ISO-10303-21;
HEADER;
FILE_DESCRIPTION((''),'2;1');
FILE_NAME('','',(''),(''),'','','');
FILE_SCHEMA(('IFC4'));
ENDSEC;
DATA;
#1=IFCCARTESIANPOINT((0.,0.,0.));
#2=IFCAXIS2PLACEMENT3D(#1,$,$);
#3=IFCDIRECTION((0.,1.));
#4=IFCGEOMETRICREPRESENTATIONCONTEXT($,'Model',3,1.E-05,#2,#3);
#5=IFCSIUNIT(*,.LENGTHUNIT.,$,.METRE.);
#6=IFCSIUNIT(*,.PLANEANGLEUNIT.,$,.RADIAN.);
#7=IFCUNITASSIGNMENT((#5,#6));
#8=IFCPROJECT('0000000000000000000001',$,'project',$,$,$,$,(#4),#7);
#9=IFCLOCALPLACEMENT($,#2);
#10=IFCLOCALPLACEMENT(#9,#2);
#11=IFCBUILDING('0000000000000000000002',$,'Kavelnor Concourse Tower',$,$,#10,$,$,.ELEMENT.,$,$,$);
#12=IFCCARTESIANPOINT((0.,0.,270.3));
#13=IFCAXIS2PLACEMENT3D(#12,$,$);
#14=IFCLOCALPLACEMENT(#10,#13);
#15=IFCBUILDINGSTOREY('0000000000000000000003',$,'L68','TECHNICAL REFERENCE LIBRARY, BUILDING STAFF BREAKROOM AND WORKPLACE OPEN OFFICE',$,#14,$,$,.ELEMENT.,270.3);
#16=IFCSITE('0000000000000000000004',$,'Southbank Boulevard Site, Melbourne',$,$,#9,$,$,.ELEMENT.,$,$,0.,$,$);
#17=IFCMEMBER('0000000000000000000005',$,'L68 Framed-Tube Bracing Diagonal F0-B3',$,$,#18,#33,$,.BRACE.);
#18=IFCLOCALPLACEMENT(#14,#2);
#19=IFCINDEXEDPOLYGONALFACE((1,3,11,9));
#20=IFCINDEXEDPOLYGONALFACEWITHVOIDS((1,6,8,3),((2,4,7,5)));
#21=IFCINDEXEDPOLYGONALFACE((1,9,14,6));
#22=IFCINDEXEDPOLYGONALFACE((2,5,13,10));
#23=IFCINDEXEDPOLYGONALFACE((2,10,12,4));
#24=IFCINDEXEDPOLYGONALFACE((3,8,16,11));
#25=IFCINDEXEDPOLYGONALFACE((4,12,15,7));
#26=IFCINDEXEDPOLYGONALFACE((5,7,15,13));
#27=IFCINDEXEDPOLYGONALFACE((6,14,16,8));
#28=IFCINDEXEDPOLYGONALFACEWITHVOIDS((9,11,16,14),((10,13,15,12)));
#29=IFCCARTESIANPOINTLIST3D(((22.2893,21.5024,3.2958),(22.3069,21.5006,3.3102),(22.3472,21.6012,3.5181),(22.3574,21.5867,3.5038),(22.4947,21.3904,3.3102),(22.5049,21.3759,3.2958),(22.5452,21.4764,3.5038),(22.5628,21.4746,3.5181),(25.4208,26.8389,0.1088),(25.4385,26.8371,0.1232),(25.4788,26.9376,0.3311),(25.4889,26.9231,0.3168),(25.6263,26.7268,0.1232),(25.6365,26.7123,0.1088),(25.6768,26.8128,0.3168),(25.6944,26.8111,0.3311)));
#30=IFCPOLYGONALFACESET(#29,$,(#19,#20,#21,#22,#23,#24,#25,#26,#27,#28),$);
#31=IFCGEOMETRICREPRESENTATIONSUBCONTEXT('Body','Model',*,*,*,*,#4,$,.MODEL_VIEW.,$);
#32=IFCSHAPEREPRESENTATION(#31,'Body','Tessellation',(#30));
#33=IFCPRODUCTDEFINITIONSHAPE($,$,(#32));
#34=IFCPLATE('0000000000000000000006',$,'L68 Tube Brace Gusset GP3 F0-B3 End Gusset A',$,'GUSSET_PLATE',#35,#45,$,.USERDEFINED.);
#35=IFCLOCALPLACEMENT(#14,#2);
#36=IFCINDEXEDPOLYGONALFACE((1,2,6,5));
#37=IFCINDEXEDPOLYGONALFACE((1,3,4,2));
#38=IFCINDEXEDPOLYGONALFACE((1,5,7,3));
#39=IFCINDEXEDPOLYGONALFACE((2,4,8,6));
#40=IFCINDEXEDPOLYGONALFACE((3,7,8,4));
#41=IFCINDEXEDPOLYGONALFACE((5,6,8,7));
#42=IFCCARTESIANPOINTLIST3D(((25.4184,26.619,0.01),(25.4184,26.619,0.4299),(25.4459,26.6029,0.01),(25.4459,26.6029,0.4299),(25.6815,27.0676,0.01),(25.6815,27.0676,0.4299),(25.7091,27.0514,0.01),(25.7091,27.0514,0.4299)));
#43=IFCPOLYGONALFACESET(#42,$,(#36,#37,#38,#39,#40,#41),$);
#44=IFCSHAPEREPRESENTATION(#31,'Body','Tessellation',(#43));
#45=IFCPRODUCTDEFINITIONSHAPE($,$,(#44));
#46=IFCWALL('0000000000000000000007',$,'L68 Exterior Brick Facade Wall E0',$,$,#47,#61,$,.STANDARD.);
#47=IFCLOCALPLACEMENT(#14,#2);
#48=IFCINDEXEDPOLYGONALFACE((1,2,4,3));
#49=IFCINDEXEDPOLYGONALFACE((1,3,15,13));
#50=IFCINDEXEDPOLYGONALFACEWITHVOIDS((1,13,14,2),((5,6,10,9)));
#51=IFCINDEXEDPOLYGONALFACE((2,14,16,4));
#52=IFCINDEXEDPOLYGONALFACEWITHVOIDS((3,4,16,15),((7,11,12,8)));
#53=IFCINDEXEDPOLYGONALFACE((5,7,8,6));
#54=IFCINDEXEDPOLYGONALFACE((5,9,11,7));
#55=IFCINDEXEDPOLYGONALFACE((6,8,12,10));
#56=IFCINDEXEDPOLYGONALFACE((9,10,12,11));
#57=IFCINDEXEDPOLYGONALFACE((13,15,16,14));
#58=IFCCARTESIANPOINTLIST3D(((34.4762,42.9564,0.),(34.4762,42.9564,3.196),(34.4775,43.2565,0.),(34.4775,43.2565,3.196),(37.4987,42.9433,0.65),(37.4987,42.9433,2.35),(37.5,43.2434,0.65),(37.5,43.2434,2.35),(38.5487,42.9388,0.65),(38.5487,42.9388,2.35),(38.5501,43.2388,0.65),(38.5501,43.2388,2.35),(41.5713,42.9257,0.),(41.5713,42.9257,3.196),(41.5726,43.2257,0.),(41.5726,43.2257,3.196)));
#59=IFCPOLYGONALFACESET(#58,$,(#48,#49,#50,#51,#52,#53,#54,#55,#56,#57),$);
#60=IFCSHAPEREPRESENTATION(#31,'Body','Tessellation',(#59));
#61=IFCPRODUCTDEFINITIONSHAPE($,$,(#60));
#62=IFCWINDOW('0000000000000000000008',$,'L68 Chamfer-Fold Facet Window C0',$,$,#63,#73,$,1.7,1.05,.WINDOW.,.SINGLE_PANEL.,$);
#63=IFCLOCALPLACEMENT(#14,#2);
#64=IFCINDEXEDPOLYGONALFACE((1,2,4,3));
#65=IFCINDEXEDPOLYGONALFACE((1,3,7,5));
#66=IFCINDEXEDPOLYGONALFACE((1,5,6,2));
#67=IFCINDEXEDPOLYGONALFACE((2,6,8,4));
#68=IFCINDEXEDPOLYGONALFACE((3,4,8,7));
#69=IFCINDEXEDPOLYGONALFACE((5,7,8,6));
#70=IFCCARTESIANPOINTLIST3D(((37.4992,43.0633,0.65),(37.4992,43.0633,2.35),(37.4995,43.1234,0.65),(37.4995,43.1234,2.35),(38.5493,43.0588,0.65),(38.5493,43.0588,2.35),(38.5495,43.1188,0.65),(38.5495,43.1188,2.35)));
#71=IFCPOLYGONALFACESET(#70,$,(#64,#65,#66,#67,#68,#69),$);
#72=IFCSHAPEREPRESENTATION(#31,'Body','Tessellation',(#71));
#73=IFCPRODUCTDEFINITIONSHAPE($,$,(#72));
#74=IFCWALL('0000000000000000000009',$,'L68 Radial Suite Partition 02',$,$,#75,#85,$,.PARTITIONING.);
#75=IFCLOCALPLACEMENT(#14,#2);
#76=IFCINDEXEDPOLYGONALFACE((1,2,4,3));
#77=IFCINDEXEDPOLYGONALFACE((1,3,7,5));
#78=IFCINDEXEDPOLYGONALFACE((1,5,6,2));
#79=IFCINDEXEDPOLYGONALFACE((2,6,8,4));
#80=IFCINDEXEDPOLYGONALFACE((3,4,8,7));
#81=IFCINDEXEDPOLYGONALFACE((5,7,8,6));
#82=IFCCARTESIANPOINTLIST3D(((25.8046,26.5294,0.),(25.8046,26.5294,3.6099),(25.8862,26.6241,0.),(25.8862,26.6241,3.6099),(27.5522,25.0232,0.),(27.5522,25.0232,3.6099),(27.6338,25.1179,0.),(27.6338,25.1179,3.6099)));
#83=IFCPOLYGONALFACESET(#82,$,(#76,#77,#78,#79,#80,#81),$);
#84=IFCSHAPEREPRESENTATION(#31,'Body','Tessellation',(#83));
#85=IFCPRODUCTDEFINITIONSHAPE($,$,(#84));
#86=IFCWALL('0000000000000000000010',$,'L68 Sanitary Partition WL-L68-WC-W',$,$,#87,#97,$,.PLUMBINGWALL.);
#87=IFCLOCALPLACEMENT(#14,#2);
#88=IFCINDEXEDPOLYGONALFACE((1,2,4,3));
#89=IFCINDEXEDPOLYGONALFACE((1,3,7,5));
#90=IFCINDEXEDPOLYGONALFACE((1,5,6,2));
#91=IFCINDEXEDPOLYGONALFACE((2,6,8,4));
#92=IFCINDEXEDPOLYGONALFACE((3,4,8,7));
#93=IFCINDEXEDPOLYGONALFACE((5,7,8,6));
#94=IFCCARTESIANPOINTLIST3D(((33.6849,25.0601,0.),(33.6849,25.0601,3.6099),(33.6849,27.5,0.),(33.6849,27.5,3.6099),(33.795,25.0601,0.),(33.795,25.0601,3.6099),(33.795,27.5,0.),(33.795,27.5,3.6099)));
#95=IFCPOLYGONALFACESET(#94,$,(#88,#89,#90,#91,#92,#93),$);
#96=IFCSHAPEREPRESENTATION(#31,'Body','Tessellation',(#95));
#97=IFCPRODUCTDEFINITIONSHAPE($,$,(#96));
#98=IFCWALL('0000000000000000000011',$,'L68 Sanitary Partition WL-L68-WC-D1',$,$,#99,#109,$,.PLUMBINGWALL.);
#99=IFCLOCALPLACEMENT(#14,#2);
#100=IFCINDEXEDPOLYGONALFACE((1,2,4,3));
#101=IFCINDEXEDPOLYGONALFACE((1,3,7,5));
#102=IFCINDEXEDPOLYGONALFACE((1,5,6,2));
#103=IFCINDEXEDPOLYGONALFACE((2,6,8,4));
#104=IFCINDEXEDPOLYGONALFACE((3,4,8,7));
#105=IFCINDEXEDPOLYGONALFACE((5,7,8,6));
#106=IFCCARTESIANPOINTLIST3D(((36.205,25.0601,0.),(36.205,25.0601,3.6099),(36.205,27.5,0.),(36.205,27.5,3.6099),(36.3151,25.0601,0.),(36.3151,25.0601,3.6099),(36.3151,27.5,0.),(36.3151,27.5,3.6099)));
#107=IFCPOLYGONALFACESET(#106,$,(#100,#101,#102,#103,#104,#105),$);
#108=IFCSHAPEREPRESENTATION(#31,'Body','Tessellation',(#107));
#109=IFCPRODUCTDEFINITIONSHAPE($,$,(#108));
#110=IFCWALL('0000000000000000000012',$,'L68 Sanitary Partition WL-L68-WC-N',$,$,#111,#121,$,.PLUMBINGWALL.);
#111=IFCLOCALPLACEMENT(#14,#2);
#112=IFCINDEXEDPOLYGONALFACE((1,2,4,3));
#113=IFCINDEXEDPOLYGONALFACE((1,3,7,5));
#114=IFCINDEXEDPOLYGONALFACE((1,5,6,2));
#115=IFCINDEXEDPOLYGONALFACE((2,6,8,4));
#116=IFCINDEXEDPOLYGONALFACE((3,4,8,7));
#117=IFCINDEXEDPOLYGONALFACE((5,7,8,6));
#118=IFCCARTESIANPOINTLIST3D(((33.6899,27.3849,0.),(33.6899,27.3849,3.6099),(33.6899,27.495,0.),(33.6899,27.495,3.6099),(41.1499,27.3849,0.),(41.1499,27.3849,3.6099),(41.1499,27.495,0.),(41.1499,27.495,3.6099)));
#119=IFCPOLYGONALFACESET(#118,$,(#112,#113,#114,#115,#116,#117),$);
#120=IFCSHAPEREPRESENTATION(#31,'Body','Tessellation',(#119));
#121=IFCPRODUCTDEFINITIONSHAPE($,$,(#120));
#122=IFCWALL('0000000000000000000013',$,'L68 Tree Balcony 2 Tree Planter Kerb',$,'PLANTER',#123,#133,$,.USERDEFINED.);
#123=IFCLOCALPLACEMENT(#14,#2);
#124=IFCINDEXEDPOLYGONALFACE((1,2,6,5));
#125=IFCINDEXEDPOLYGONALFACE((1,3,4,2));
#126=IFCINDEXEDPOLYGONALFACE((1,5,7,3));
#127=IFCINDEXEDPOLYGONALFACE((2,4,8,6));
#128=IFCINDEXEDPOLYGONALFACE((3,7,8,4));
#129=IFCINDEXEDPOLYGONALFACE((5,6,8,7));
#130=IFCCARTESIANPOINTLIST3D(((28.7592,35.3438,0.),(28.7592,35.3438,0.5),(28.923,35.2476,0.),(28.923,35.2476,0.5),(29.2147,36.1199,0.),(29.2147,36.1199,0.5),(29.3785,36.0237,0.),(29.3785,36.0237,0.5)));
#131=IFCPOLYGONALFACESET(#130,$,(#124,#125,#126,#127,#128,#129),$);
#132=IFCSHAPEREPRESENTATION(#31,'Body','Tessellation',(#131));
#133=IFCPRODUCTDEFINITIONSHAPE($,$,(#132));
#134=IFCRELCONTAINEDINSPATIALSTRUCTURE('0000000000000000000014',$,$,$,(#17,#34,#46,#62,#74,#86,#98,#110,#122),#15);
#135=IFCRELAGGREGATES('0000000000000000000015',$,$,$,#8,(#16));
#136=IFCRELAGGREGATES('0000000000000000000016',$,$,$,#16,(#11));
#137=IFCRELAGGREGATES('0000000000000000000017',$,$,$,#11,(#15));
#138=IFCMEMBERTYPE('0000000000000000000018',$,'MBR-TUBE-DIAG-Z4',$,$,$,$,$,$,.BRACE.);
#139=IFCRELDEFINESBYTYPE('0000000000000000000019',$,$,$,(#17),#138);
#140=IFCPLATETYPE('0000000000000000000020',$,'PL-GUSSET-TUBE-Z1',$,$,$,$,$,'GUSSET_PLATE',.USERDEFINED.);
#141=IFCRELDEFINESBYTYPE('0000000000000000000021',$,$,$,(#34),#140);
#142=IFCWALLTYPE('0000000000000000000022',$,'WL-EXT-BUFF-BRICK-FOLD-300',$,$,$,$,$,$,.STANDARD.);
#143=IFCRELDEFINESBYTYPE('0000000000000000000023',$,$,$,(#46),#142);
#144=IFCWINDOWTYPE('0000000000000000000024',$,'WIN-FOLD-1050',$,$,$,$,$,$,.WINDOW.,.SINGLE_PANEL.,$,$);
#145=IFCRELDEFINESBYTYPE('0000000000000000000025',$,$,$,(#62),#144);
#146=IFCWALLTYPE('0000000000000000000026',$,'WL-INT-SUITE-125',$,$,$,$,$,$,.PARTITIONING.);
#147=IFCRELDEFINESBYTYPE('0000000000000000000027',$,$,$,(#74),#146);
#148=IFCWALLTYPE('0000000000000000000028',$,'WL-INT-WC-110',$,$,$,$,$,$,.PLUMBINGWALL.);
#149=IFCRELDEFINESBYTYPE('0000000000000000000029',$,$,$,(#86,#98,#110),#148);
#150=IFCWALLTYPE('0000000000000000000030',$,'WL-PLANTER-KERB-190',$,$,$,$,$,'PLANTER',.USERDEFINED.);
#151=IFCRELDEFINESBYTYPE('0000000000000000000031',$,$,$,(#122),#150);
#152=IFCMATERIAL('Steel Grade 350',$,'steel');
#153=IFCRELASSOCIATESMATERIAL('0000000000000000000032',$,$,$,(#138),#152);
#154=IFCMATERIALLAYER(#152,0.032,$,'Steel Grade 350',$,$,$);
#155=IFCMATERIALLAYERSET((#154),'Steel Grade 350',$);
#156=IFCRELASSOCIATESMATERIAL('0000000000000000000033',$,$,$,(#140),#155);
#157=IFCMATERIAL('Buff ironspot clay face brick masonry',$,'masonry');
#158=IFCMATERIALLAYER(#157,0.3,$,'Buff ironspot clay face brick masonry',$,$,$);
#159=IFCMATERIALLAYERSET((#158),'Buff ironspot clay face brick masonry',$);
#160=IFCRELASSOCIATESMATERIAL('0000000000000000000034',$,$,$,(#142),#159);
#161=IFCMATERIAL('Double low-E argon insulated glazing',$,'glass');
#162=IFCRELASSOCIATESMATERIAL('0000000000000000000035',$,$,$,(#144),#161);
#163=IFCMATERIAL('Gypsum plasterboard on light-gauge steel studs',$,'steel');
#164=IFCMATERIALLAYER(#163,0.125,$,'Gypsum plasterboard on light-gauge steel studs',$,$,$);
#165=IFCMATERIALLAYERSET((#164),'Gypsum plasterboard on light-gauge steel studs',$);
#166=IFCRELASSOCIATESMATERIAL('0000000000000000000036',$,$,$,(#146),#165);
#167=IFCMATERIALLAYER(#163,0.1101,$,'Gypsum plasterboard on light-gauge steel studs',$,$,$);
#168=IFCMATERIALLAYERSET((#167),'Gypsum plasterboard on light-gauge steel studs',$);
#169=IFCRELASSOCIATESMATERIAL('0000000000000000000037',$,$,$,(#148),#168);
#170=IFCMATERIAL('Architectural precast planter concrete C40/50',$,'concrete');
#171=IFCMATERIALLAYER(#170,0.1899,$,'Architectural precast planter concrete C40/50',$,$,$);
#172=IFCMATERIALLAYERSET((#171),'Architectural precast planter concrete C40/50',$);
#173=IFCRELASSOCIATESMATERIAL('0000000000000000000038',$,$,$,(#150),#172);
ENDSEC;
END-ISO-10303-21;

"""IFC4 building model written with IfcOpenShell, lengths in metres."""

from ifc_helpers import new_model, si_unit, direction, frame, frame_2d, origin, origin_2d, place, context, subcontext, project, spatial, rectangle, hollow_rectangle, extrude, material, layer, layer_set, material_profile, profile_set, type_object, element, fill, save


model = new_model("IFC4")

# Units and contexts
model_context = context("Model", 3, precision=1e-05, world=origin(), true_north=direction((0.0, 1.0)))
body_context = subcontext(model_context, "Body", "Model", "MODEL_VIEW")
ifc_project = project(units=[si_unit("LENGTHUNIT", "METRE"), si_unit("PLANEANGLEUNIT", "RADIAN")], contexts=[model_context])

# Site, building, storey
site_placement = place(None, origin())
site = spatial("IfcSite", under=ifc_project, at=site_placement, Name="Southbank Boulevard Site, Melbourne", CompositionType="ELEMENT", RefElevation=0.0)
building_placement = place(site_placement, origin())
building = spatial("IfcBuilding", under=site, at=building_placement, Name="Kavelnor Concourse Tower", CompositionType="ELEMENT")
storey_placement = place(building_placement, frame((0.0, 0.0, 270.3)))
storey = spatial("IfcBuildingStorey", under=building, at=storey_placement, Name="L68", Description="TECHNICAL REFERENCE LIBRARY, BUILDING STAFF BREAKROOM AND WORKPLACE OPEN OFFICE", CompositionType="ELEMENT", Elevation=270.3)

# Shared definitions
ifc_material_1 = material(Name="Steel Grade 350", Category="steel")

# Member
ifc_material_profile_1 = material_profile(ifc_material_1, hollow_rectangle(XDim=0.25, YDim=0.25, WallThickness=0.0161, at=origin_2d()), Name="SHS 250x250x16")
ifc_profile_set_1 = profile_set([ifc_material_profile_1], Name="Steel Grade 350")
member_type = type_object("IfcMemberType", Name="MBR-TUBE-DIAG-Z4", PredefinedType="BRACE", material=ifc_profile_set_1)
member_placement = place(storey_placement, frame((25.5576, 26.825, 0.22), z_axis=(-0.449943, -0.76673, 0.457905), x_axis=(0.862462, -0.506121, 0.0)))
element("IfcMember", 1, at=member_placement, inside=storey, type_object=member_type, Name="L68 Framed-Tube Bracing Diagonal F0-B3", PredefinedType="BRACE", context=body_context, shape_type="SweptSolid", body=[
    extrude(hollow_rectangle(XDim=0.25, YDim=0.25, WallThickness=0.0161, at=origin_2d()), origin(), (0.0, 0.0, 1.0), 6.96),
])

# Plate
ifc_layer_1 = layer(ifc_material_1, 0.032, Name="Steel Grade 350")
ifc_layer_set_1 = layer_set([ifc_layer_1], Name="Steel Grade 350")
plate_type = type_object("IfcPlateType", Name="PL-GUSSET-TUBE-Z1", ElementType="GUSSET_PLATE", PredefinedType="USERDEFINED", material=ifc_layer_set_1)
plate_placement = place(storey_placement, frame((25.5637, 26.8352, 0.01), z_axis=(0.0, 0.0, 1.0), x_axis=(-0.506034, -0.862514, 0.0)))
element("IfcPlate", 2, at=plate_placement, inside=storey, type_object=plate_type, Name="L68 Tube Brace Gusset GP3 F0-B3 End Gusset A", ObjectType="GUSSET_PLATE", PredefinedType="USERDEFINED", context=body_context, shape_type="SweptSolid", body=[
    extrude(rectangle(XDim=0.52, YDim=0.032, at=origin_2d()), origin(), (0.0, 0.0, 1.0), 0.4199),
])

# Wall, opening, window
ifc_material_2 = material(Name="Buff ironspot clay face brick masonry", Category="masonry")
ifc_layer_2 = layer(ifc_material_2, 0.3, Name="Buff ironspot clay face brick masonry")
ifc_layer_set_2 = layer_set([ifc_layer_2], Name="Buff ironspot clay face brick masonry")
wall_type_1 = type_object("IfcWallType", Name="WL-EXT-BUFF-BRICK-FOLD-300", PredefinedType="STANDARD", material=ifc_layer_set_2)
wall_1_placement = place(storey_placement, frame((34.4768, 43.1064, 0.0), z_axis=(0.0, 0.0, 1.0), x_axis=(0.999991, -0.004336, 0.0)))
wall_1 = element("IfcWall", 3, at=wall_1_placement, inside=storey, type_object=wall_type_1, Name="L68 Exterior Brick Facade Wall E0", PredefinedType="STANDARD", context=body_context, shape_type="SweptSolid", body=[
    extrude(rectangle(XDim=7.0952, YDim=0.3, at=frame_2d((3.5476, 0.0))), origin(), (0.0, 0.0, 1.0), 3.196),
])
opening_placement = place(wall_1_placement, frame((3.0227, 0.0, 0.6499)))
opening = element("IfcOpeningElement", 4, at=opening_placement, cuts=wall_1, PredefinedType="OPENING", context=body_context, shape_type="SweptSolid", body=[
    extrude(rectangle(XDim=1.05, YDim=1.7, at=frame_2d((0.5249, 0.8501))), frame((0.0, 0.1602, 0.0), z_axis=(0.0, -1.0, 0.0), x_axis=(1.0, 0.0, 0.0)), (0.0, 0.0, 1.0), 0.3201),
])
ifc_material_3 = material(Name="Double low-E argon insulated glazing", Category="glass")
window_type = type_object("IfcWindowType", Name="WIN-FOLD-1050", PartitioningType="SINGLE_PANEL", PredefinedType="WINDOW", material=ifc_material_3)
window_placement = place(opening_placement, origin())
window = element("IfcWindow", 5, at=window_placement, inside=storey, type_object=window_type, Name="L68 Chamfer-Fold Facet Window C0", OverallHeight=1.7, OverallWidth=1.05, PartitioningType="SINGLE_PANEL", PredefinedType="WINDOW", context=body_context, shape_type="SweptSolid", body=[
    extrude(rectangle(XDim=1.05, YDim=1.7, at=frame_2d((0.5249, 0.8501))), frame((0.0, 0.03, 0.0), z_axis=(0.0, -1.0, 0.0), x_axis=(1.0, 0.0, 0.0)), (0.0, 0.0, 1.0), 0.0601),
])
fill(opening, window)

# Walls
ifc_material_4 = material(Name="Gypsum plasterboard on light-gauge steel studs", Category="steel")
ifc_layer_3 = layer(ifc_material_4, 0.125, Name="Gypsum plasterboard on light-gauge steel studs")
ifc_layer_set_3 = layer_set([ifc_layer_3], Name="Gypsum plasterboard on light-gauge steel studs")
wall_type_2 = type_object("IfcWallType", Name="WL-INT-SUITE-125", PredefinedType="PARTITIONING", material=ifc_layer_set_3)
wall_2_placement = place(storey_placement, frame((27.593, 25.0706, 0.0), z_axis=(0.0, 0.0, 1.0), x_axis=(-0.757498, 0.652837, 0.0)))
element("IfcWall", 6, at=wall_2_placement, inside=storey, type_object=wall_type_2, Name="L68 Radial Suite Partition 02", PredefinedType="PARTITIONING", context=body_context, shape_type="SweptSolid", body=[
    extrude(rectangle(XDim=2.3071, YDim=0.125, at=frame_2d((1.1536, 0.0))), origin(), (0.0, 0.0, 1.0), 3.6099),
])
ifc_layer_4 = layer(ifc_material_4, 0.1101, Name="Gypsum plasterboard on light-gauge steel studs")
ifc_layer_set_4 = layer_set([ifc_layer_4], Name="Gypsum plasterboard on light-gauge steel studs")
wall_type_3 = type_object("IfcWallType", Name="WL-INT-WC-110", PredefinedType="PLUMBINGWALL", material=ifc_layer_set_4)
for number, where, z_axis, x_axis, name in (
    (7, (33.74, 25.0601, 0.0), (0.0, 0.0, 1.0), (0.0, 1.0, 0.0), "L68 Sanitary Partition WL-L68-WC-W"),
    (8, (36.26, 25.0601, 0.0), (0.0, 0.0, 1.0), (0.0, 1.0, 0.0), "L68 Sanitary Partition WL-L68-WC-D1"),
):
    element("IfcWall", number, at=place(storey_placement, frame(where, z_axis=z_axis, x_axis=x_axis)), inside=storey, type_object=wall_type_3, Name=name, PredefinedType="PLUMBINGWALL", context=body_context, shape_type="SweptSolid", body=[
        extrude(rectangle(XDim=2.4399, YDim=0.1101, at=frame_2d((1.22, 0.0))), origin(), (0.0, 0.0, 1.0), 3.6099),
    ])
wall_3_placement = place(storey_placement, frame((33.6899, 27.4399, 0.0), z_axis=(0.0, 0.0, 1.0), x_axis=(1.0, 0.0, 0.0)))
element("IfcWall", 9, at=wall_3_placement, inside=storey, type_object=wall_type_3, Name="L68 Sanitary Partition WL-L68-WC-N", PredefinedType="PLUMBINGWALL", context=body_context, shape_type="SweptSolid", body=[
    extrude(rectangle(XDim=7.46, YDim=0.1101, at=frame_2d((3.73, 0.0))), origin(), (0.0, 0.0, 1.0), 3.6099),
])
ifc_material_5 = material(Name="Architectural precast planter concrete C40/50", Category="concrete")
ifc_layer_5 = layer(ifc_material_5, 0.1899, Name="Architectural precast planter concrete C40/50")
ifc_layer_set_5 = layer_set([ifc_layer_5], Name="Architectural precast planter concrete C40/50")
wall_type_4 = type_object("IfcWallType", Name="WL-PLANTER-KERB-190", ElementType="PLANTER", PredefinedType="USERDEFINED", material=ifc_layer_set_5)
wall_4_placement = place(storey_placement, frame((29.2966, 36.0718, 0.0), z_axis=(0.0, 0.0, 1.0), x_axis=(-0.506214, -0.862408, 0.0)))
element("IfcWall", 10, at=wall_4_placement, inside=storey, type_object=wall_type_4, Name="L68 Tree Balcony 2 Tree Planter Kerb", ObjectType="PLANTER", PredefinedType="USERDEFINED", context=body_context, shape_type="SweptSolid", body=[
    extrude(rectangle(XDim=0.8999, YDim=0.1899, at=frame_2d((0.45, 0.0))), origin(), (0.0, 0.0, 1.0), 0.5),
])

save(model, "model.ifc")
